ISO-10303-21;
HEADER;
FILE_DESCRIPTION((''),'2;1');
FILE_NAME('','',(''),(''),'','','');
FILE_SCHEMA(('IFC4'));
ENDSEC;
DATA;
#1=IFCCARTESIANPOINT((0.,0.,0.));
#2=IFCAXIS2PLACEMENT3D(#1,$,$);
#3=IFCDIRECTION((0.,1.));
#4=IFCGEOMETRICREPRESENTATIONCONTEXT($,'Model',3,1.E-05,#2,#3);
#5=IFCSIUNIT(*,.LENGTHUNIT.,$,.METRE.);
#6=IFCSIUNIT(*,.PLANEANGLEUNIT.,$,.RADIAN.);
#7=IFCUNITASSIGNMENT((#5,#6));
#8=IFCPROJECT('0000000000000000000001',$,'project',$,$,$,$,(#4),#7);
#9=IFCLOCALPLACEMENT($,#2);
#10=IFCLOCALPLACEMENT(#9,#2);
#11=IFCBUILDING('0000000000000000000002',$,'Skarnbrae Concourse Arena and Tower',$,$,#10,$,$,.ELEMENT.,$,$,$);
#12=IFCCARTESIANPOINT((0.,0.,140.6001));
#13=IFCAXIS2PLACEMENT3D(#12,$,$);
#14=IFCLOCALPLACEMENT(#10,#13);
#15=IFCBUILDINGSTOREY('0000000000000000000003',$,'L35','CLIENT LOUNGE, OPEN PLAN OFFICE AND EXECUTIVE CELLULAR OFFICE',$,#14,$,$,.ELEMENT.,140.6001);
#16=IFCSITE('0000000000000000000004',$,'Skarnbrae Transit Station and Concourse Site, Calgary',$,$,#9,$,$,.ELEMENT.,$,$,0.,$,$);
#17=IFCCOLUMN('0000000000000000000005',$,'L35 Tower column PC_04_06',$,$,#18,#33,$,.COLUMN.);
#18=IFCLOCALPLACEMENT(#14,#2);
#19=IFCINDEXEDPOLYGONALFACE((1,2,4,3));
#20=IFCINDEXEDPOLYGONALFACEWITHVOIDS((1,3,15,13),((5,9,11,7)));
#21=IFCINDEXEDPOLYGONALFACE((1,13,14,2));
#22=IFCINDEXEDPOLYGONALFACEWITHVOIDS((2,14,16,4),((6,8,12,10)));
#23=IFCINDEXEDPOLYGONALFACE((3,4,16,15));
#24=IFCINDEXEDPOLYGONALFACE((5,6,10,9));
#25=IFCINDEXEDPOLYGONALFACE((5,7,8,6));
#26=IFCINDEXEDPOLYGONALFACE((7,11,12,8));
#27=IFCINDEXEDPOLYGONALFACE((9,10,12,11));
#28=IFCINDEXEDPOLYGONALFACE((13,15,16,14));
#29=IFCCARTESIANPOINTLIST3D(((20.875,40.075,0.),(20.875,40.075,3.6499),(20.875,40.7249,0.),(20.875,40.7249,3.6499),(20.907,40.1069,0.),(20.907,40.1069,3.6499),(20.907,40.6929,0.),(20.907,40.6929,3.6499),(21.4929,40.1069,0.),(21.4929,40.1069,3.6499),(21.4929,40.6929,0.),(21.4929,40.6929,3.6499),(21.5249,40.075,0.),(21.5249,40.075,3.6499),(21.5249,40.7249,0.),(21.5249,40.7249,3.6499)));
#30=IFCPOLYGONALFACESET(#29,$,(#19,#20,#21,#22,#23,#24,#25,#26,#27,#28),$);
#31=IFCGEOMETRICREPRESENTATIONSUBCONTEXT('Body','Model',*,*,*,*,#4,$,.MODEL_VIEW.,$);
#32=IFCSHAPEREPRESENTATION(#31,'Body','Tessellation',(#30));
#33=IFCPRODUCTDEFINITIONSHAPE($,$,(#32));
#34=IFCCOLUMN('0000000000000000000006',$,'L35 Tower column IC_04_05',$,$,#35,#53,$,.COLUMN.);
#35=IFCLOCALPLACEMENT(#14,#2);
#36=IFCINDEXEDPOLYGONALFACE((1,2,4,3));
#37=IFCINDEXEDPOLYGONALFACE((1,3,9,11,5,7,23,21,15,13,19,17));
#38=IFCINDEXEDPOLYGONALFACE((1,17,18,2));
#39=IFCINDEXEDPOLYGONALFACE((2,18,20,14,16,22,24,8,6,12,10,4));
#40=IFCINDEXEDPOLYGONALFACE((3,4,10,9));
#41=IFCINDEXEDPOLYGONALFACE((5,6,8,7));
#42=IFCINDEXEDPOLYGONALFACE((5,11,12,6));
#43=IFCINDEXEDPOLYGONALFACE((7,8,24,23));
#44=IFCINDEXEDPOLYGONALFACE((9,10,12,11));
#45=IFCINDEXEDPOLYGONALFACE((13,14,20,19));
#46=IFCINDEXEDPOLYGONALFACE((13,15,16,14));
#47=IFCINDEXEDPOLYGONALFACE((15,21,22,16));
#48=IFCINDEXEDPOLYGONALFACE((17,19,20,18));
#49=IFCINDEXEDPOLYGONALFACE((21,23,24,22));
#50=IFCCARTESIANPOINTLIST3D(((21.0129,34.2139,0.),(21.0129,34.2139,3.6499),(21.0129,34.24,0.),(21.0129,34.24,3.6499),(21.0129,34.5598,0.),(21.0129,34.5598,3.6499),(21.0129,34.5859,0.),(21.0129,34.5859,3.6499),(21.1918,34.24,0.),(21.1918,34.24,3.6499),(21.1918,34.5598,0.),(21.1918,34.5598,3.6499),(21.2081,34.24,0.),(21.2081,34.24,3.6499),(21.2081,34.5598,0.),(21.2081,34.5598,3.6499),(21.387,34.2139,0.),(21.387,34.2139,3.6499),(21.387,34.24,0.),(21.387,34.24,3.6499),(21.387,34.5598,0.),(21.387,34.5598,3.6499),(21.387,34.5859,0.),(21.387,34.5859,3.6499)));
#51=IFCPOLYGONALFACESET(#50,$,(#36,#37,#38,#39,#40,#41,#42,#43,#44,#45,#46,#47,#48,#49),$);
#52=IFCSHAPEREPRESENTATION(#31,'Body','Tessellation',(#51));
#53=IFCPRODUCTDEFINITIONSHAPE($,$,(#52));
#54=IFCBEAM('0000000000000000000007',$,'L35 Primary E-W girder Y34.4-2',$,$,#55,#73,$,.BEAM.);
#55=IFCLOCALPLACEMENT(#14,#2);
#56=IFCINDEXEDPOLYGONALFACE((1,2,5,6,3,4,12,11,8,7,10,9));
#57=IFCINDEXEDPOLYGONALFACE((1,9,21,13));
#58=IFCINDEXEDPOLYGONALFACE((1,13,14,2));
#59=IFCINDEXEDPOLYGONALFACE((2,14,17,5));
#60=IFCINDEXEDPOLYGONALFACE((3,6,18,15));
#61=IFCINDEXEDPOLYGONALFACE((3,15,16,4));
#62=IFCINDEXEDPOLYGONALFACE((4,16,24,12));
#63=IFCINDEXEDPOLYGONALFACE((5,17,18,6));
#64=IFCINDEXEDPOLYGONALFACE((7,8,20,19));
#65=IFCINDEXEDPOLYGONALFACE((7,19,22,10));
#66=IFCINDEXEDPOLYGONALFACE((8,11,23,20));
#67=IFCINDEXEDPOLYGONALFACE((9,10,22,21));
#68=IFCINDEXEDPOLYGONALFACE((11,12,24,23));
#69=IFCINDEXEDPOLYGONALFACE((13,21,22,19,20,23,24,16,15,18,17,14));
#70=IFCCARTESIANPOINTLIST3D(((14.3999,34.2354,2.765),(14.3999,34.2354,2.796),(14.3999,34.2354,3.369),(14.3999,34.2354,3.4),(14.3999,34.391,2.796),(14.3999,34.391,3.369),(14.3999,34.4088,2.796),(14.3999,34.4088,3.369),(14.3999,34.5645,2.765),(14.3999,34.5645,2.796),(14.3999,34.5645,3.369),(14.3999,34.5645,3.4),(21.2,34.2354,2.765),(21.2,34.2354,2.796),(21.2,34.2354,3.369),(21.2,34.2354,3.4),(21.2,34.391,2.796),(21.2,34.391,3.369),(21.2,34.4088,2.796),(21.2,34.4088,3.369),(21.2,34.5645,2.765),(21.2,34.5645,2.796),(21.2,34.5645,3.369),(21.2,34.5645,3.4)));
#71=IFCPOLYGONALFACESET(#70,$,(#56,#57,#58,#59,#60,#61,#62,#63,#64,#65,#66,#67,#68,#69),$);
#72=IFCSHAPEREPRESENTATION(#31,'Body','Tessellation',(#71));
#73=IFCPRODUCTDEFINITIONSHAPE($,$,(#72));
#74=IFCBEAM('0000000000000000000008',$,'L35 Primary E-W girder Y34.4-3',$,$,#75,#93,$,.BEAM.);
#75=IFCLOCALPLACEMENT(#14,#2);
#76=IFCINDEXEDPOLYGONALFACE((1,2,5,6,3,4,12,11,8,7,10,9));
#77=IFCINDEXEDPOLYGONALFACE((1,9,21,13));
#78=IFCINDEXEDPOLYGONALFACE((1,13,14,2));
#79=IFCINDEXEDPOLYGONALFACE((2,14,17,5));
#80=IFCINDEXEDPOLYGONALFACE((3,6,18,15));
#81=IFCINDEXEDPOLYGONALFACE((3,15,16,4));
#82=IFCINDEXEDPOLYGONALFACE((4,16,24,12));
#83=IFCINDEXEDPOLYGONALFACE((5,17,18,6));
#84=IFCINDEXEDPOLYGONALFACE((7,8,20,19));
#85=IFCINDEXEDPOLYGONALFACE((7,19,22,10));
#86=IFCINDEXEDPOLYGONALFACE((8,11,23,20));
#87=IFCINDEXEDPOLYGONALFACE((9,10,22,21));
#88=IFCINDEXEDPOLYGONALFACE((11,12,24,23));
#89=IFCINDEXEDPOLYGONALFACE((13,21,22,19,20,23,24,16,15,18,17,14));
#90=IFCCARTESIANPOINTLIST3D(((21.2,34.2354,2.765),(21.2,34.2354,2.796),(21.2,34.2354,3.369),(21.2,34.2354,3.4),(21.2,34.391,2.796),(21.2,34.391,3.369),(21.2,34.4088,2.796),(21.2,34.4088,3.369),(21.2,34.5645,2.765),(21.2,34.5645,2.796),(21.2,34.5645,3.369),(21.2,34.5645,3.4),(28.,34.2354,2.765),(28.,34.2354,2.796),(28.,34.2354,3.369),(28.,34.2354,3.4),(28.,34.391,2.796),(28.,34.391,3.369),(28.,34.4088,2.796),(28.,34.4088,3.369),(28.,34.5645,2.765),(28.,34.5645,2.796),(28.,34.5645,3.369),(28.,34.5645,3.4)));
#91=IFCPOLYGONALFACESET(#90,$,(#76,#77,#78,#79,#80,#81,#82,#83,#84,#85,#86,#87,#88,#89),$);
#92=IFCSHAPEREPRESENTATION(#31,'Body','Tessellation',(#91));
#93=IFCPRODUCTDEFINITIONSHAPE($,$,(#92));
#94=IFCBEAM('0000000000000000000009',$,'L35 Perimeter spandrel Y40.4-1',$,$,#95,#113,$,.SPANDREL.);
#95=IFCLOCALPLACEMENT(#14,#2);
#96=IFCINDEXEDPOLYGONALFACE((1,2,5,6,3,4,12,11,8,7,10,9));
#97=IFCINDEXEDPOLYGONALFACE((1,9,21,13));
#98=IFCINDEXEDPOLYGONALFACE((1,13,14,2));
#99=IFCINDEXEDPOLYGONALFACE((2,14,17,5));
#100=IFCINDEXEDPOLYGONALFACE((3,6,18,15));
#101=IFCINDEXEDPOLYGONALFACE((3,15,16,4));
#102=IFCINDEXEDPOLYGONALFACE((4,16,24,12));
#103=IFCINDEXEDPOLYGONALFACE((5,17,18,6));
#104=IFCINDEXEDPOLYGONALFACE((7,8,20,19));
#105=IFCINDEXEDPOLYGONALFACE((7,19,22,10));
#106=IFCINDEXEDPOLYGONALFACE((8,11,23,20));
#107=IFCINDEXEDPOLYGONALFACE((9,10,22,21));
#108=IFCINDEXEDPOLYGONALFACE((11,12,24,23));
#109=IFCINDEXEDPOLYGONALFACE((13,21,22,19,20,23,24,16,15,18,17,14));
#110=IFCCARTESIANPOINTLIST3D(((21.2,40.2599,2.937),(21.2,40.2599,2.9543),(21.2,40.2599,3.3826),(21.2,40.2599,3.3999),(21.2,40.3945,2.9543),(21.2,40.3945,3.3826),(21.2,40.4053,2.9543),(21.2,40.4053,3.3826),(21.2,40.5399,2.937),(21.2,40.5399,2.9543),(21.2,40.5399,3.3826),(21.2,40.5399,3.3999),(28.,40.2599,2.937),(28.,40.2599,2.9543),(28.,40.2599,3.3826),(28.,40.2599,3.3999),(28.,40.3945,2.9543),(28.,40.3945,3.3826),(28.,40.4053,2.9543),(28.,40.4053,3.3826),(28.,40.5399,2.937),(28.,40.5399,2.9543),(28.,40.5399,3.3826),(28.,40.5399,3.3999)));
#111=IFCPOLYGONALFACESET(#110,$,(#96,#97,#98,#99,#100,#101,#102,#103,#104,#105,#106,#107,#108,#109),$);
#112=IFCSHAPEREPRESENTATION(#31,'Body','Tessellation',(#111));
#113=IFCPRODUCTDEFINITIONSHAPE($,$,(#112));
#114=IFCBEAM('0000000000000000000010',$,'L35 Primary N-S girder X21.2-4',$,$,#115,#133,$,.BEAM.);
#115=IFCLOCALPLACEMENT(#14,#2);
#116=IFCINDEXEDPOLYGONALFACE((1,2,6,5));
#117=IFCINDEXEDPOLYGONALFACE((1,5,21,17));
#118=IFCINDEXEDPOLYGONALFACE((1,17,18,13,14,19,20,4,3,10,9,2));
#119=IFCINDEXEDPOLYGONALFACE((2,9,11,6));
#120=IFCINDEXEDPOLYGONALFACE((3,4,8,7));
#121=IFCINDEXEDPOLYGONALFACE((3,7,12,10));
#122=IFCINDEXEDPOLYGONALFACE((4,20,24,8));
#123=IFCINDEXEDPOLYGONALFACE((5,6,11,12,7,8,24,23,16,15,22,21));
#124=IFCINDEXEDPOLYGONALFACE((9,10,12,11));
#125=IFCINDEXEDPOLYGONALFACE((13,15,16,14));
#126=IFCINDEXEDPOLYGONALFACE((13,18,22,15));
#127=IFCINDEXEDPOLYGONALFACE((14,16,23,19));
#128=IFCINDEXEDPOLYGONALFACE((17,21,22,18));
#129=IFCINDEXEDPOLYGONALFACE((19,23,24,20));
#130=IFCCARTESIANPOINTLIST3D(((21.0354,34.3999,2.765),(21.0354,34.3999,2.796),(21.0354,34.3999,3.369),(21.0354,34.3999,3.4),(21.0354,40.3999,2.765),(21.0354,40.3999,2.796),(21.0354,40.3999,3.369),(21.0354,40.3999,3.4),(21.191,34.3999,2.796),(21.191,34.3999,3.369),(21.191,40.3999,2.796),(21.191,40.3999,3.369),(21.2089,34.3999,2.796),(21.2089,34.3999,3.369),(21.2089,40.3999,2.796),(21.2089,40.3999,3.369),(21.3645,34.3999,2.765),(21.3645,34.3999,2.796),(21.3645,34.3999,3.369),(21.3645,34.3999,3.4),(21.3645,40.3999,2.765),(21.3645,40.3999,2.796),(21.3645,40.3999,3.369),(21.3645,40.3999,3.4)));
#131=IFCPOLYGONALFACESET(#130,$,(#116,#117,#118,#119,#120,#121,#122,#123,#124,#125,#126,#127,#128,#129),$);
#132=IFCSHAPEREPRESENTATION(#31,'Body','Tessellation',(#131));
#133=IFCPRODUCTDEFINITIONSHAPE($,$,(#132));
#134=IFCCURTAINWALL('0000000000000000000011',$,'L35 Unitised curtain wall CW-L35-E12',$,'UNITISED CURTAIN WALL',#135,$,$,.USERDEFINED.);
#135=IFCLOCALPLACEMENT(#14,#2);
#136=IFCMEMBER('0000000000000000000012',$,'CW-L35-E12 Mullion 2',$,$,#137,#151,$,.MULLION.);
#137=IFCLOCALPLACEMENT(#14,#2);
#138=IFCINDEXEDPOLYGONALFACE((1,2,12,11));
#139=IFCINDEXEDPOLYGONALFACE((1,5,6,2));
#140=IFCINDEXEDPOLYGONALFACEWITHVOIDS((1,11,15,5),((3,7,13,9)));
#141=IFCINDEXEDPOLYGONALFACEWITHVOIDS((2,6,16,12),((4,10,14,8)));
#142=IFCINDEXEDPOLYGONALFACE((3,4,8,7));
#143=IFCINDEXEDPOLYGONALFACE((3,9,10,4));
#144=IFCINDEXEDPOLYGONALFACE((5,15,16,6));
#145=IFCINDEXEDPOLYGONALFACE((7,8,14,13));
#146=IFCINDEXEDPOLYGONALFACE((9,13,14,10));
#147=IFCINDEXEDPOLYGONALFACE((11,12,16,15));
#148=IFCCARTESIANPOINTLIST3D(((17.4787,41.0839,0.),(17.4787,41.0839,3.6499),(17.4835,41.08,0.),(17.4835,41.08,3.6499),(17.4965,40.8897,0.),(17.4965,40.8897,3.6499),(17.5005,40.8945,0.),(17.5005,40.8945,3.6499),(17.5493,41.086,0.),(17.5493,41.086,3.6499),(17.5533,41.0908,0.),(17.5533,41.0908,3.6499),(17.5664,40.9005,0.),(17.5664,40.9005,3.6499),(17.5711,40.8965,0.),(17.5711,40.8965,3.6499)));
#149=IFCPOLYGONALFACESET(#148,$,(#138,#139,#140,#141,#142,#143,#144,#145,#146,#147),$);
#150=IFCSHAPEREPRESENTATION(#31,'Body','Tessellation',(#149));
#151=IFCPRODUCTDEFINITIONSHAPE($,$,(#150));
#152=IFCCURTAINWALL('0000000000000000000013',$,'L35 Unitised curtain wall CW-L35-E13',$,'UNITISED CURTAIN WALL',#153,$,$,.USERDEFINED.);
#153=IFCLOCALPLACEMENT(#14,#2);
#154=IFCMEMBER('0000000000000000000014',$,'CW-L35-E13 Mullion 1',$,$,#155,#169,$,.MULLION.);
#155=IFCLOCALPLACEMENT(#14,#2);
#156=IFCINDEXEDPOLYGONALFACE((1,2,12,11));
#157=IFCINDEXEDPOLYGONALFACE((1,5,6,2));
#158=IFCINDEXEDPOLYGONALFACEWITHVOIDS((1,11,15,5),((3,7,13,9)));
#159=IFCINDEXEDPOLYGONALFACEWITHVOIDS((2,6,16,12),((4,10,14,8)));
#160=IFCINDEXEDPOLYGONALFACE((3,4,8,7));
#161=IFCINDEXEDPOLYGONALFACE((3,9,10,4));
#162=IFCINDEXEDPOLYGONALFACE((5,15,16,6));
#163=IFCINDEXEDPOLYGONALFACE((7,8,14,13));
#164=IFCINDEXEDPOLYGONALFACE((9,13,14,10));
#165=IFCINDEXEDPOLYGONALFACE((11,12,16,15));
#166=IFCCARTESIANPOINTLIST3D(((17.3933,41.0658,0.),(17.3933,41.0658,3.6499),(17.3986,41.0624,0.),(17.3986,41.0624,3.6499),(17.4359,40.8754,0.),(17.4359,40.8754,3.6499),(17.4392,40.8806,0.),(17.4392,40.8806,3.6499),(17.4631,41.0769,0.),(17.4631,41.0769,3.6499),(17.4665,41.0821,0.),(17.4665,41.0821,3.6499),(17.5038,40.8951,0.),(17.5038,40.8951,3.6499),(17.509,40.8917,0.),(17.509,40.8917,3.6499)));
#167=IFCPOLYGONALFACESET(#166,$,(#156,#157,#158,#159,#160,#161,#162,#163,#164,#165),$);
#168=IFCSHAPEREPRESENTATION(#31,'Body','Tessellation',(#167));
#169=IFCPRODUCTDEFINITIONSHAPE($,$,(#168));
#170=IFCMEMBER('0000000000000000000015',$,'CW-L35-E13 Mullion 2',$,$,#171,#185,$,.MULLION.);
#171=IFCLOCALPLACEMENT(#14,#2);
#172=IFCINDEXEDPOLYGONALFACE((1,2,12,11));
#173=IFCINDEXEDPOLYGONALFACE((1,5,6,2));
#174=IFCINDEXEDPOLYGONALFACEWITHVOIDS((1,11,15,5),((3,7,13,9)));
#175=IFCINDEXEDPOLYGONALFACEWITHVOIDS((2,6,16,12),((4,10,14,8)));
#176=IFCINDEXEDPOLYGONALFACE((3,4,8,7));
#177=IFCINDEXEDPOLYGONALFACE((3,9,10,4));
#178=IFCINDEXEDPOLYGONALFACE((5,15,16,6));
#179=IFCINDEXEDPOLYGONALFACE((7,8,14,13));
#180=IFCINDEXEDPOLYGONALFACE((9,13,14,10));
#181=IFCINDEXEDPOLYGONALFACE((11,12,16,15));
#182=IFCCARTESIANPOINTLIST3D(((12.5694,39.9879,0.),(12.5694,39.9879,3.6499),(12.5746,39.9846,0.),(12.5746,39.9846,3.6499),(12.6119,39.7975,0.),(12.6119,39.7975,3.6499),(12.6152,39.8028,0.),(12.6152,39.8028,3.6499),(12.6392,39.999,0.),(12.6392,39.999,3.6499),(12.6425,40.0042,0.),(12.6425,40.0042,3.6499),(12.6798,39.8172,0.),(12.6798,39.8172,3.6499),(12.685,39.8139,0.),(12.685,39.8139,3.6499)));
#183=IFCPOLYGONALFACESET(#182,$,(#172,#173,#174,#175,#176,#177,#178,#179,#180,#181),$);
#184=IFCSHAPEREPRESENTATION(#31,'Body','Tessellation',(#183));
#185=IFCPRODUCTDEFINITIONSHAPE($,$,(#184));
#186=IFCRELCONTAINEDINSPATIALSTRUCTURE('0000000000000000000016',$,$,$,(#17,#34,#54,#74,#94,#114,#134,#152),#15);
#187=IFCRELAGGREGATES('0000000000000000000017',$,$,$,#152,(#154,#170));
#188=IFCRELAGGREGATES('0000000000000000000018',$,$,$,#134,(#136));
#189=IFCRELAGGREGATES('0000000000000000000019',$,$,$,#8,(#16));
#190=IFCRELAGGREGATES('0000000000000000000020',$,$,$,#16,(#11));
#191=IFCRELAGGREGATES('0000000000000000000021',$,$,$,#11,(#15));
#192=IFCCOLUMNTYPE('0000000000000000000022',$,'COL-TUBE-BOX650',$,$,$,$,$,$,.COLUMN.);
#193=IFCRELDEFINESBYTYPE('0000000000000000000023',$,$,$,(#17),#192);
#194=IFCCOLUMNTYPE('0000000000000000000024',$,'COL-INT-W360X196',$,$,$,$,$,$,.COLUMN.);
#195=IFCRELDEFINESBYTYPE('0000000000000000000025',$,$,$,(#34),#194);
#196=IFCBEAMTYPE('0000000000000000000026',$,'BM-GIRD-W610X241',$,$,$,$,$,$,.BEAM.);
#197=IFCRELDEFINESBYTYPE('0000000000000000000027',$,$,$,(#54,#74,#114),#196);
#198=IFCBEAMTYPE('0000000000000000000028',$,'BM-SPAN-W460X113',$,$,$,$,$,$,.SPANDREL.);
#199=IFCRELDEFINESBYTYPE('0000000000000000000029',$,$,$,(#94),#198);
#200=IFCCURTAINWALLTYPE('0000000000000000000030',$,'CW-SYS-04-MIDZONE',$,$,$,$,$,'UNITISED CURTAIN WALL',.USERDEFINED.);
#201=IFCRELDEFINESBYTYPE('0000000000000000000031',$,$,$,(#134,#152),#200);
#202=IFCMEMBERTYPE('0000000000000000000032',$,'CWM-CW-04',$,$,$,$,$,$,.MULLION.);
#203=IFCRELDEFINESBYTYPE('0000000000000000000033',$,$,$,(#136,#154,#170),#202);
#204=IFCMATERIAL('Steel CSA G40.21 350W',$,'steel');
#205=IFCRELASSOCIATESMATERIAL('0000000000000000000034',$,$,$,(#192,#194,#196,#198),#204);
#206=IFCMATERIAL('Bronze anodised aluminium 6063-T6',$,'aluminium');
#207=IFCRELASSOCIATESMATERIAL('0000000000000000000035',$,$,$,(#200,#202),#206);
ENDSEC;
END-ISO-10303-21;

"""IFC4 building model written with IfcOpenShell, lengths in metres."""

from ifc_helpers import new_model, si_unit, direction, frame, origin, origin_2d, place, context, subcontext, project, spatial, hollow_rectangle, i_section, extrude, source, transform, mapped, material, material_profile, profile_set, type_object, element, aggregate, save


model = new_model("IFC4")

# Units and contexts
model_context = context("Model", 3, precision=1e-05, world=origin(), true_north=direction((0.0, 1.0)))
body_context = subcontext(model_context, "Body", "Model", "MODEL_VIEW")
ifc_project = project(units=[si_unit("LENGTHUNIT", "METRE"), si_unit("PLANEANGLEUNIT", "RADIAN")], contexts=[model_context])

# Site, building, storey
site_placement = place(None, origin())
site = spatial("IfcSite", under=ifc_project, at=site_placement, Name="Skarnbrae Transit Station and Concourse Site, Calgary", CompositionType="ELEMENT", RefElevation=0.0)
building_placement = place(site_placement, origin())
building = spatial("IfcBuilding", under=site, at=building_placement, Name="Skarnbrae Concourse Arena and Tower", CompositionType="ELEMENT")
storey_placement = place(building_placement, frame((0.0, 0.0, 140.6001)))
storey = spatial("IfcBuildingStorey", under=building, at=storey_placement, Name="L35", Description="CLIENT LOUNGE, OPEN PLAN OFFICE AND EXECUTIVE CELLULAR OFFICE", CompositionType="ELEMENT", Elevation=140.6001)

# Columns
ifc_material_1 = material(Name="Steel CSA G40.21 350W", Category="steel")
ifc_material_profile_1 = material_profile(ifc_material_1, hollow_rectangle(XDim=0.6499, YDim=0.6499, WallThickness=0.032, at=origin_2d()), Name="BOX650X650X32")
ifc_profile_set_1 = profile_set([ifc_material_profile_1], Name="Steel CSA G40.21 350W")
column_type_1 = type_object("IfcColumnType", Name="COL-TUBE-BOX650", PredefinedType="COLUMN", material=ifc_profile_set_1)
shared_shape_1 = source(origin(), body_context, "Body", "SweptSolid", [
    extrude(hollow_rectangle(XDim=0.6499, YDim=0.6499, WallThickness=0.032, at=origin_2d()), origin(), (0.0, 0.0, 1.0), 3.6499),
])
column_1_placement = place(storey_placement, frame((21.2, 40.3999, 0.0), z_axis=(0.0, 0.0, 1.0), x_axis=(1.0, 0.0, 0.0)))
element("IfcColumn", 1, at=column_1_placement, inside=storey, type_object=column_type_1, Name="L35 Tower column PC_04_06", PredefinedType="COLUMN", context=body_context, shape_type="MappedRepresentation", body=[
    mapped(shared_shape_1, transform((0.0, 0.0, 0.0))),
])
ifc_material_profile_2 = material_profile(ifc_material_1, i_section(OverallWidth=0.374, OverallDepth=0.3721, WebThickness=0.0164, FlangeThickness=0.0261, at=origin_2d()), Name="W360X196")
ifc_profile_set_2 = profile_set([ifc_material_profile_2], Name="Steel CSA G40.21 350W")
column_type_2 = type_object("IfcColumnType", Name="COL-INT-W360X196", PredefinedType="COLUMN", material=ifc_profile_set_2)
shared_shape_2 = source(origin(), body_context, "Body", "SweptSolid", [
    extrude(i_section(OverallWidth=0.374, OverallDepth=0.3721, WebThickness=0.0164, FlangeThickness=0.0261, at=origin_2d()), origin(), (0.0, 0.0, 1.0), 3.6499),
])
column_2_placement = place(storey_placement, frame((21.2, 34.3999, 0.0), z_axis=(0.0, 0.0, 1.0), x_axis=(1.0, 0.0, 0.0)))
element("IfcColumn", 2, at=column_2_placement, inside=storey, type_object=column_type_2, Name="L35 Tower column IC_04_05", PredefinedType="COLUMN", context=body_context, shape_type="MappedRepresentation", body=[
    mapped(shared_shape_2, transform((0.0, 0.0, 0.0))),
])

# Beams
ifc_material_profile_3 = material_profile(ifc_material_1, i_section(OverallWidth=0.3291, OverallDepth=0.635, WebThickness=0.0178, FlangeThickness=0.031, at=origin_2d()), Name="W610X241")
ifc_profile_set_3 = profile_set([ifc_material_profile_3], Name="Steel CSA G40.21 350W")
beam_type_1 = type_object("IfcBeamType", Name="BM-GIRD-W610X241", PredefinedType="BEAM", material=ifc_profile_set_3)
shared_shape_3 = source(origin(), body_context, "Body", "SweptSolid", [
    extrude(i_section(OverallWidth=0.3291, OverallDepth=0.635, WebThickness=0.0178, FlangeThickness=0.031, at=origin_2d()), origin(), (0.0, 0.0, 1.0), 6.8),
])
for number, where, z_axis, x_axis, name in (
    (3, (14.3999, 34.3999, 3.0825), (1.0, 0.0, 0.0), (0.0, 1.0, 0.0), "L35 Primary E-W girder Y34.4-2"),
    (4, (21.2, 34.3999, 3.0825), (1.0, 0.0, 0.0), (0.0, 1.0, 0.0), "L35 Primary E-W girder Y34.4-3"),
):
    element("IfcBeam", number, at=place(storey_placement, frame(where, z_axis=z_axis, x_axis=x_axis)), inside=storey, type_object=beam_type_1, Name=name, PredefinedType="BEAM", context=body_context, shape_type="MappedRepresentation", body=[
        mapped(shared_shape_3, transform((0.0, 0.0, 0.0))),
    ])
ifc_material_profile_4 = material_profile(ifc_material_1, i_section(OverallWidth=0.28, OverallDepth=0.4629, WebThickness=0.0107, FlangeThickness=0.0173, at=origin_2d()), Name="W460X113")
ifc_profile_set_4 = profile_set([ifc_material_profile_4], Name="Steel CSA G40.21 350W")
beam_type_2 = type_object("IfcBeamType", Name="BM-SPAN-W460X113", PredefinedType="SPANDREL", material=ifc_profile_set_4)
shared_shape_4 = source(origin(), body_context, "Body", "SweptSolid", [
    extrude(i_section(OverallWidth=0.28, OverallDepth=0.4629, WebThickness=0.0107, FlangeThickness=0.0173, at=origin_2d()), origin(), (0.0, 0.0, 1.0), 6.8),
])
beam_1_placement = place(storey_placement, frame((21.2, 40.3999, 3.1685), z_axis=(1.0, 0.0, 0.0), x_axis=(0.0, 1.0, 0.0)))
element("IfcBeam", 5, at=beam_1_placement, inside=storey, type_object=beam_type_2, Name="L35 Perimeter spandrel Y40.4-1", PredefinedType="SPANDREL", context=body_context, shape_type="MappedRepresentation", body=[
    mapped(shared_shape_4, transform((0.0, 0.0, 0.0))),
])
shared_shape_5 = source(origin(), body_context, "Body", "SweptSolid", [
    extrude(i_section(OverallWidth=0.3291, OverallDepth=0.635, WebThickness=0.0178, FlangeThickness=0.031, at=origin_2d()), origin(), (0.0, 0.0, 1.0), 6.0),
])
beam_2_placement = place(storey_placement, frame((21.2, 34.3999, 3.0825), z_axis=(0.0, 1.0, 0.0), x_axis=(-1.0, 0.0, 0.0)))
element("IfcBeam", 6, at=beam_2_placement, inside=storey, type_object=beam_type_1, Name="L35 Primary N-S girder X21.2-4", PredefinedType="BEAM", context=body_context, shape_type="MappedRepresentation", body=[
    mapped(shared_shape_5, transform((0.0, 0.0, 0.0))),
])

# Curtain wall, member
ifc_material_2 = material(Name="Bronze anodised aluminium 6063-T6", Category="aluminium")
curtain_wall_type = type_object("IfcCurtainWallType", Name="CW-SYS-04-MIDZONE", ElementType="UNITISED CURTAIN WALL", PredefinedType="USERDEFINED", material=ifc_material_2)
curtain_wall_1_placement = place(storey_placement, origin())
curtain_wall_1 = element("IfcCurtainWall", 7, at=curtain_wall_1_placement, inside=storey, type_object=curtain_wall_type, Name="L35 Unitised curtain wall CW-L35-E12", ObjectType="UNITISED CURTAIN WALL", PredefinedType="USERDEFINED")
ifc_material_profile_5 = material_profile(ifc_material_2, hollow_rectangle(XDim=0.075, YDim=0.1951, WallThickness=0.0044, at=origin_2d()), Name="ALU-MULL-75X195")
ifc_profile_set_5 = profile_set([ifc_material_profile_5], Name="Bronze anodised aluminium 6063-T6")
member_type_1 = type_object("IfcMemberType", Name="CWM-CW-04", PredefinedType="MULLION", material=ifc_profile_set_5)
shared_shape_6 = source(origin(), body_context, "Body", "SweptSolid", [
    extrude(hollow_rectangle(XDim=0.075, YDim=0.1951, WallThickness=0.0044, at=origin_2d()), origin(), (0.0, 0.0, 1.0), 3.6499),
])
member_1_placement = place(storey_placement, frame((17.5249, 40.9902, 0.0), z_axis=(0.0, 0.0, 1.0), x_axis=(-0.99582, -0.091338, 0.0)))
member_1 = element("IfcMember", 8, at=member_1_placement, type_object=member_type_1, Name="CW-L35-E12 Mullion 2", PredefinedType="MULLION", context=body_context, shape_type="MappedRepresentation", body=[
    mapped(shared_shape_6, transform((0.0, 0.0, 0.0))),
])

# Curtain wall, members
curtain_wall_2_placement = place(storey_placement, origin())
curtain_wall_2 = element("IfcCurtainWall", 9, at=curtain_wall_2_placement, inside=storey, type_object=curtain_wall_type, Name="L35 Unitised curtain wall CW-L35-E13", ObjectType="UNITISED CURTAIN WALL", PredefinedType="USERDEFINED")
member_2_placement = place(storey_placement, frame((17.4512, 40.9788, 0.0), z_axis=(0.0, 0.0, 1.0), x_axis=(-0.975936, -0.218056, 0.0)))
member_2 = element("IfcMember", 10, at=member_2_placement, type_object=member_type_1, Name="CW-L35-E13 Mullion 1", PredefinedType="MULLION", context=body_context, shape_type="MappedRepresentation", body=[
    mapped(shared_shape_6, transform((0.0, 0.0, 0.0))),
])
member_3_placement = place(storey_placement, frame((12.6272, 39.9009, 0.0), z_axis=(0.0, 0.0, 1.0), x_axis=(-0.975936, -0.218056, 0.0)))
member_3 = element("IfcMember", 11, at=member_3_placement, type_object=member_type_1, Name="CW-L35-E13 Mullion 2", PredefinedType="MULLION", context=body_context, shape_type="MappedRepresentation", body=[
    mapped(shared_shape_6, transform((0.0, 0.0, 0.0))),
])

aggregate(curtain_wall_2, [member_2, member_3])
aggregate(curtain_wall_1, [member_1])

save(model, "model.ifc")
